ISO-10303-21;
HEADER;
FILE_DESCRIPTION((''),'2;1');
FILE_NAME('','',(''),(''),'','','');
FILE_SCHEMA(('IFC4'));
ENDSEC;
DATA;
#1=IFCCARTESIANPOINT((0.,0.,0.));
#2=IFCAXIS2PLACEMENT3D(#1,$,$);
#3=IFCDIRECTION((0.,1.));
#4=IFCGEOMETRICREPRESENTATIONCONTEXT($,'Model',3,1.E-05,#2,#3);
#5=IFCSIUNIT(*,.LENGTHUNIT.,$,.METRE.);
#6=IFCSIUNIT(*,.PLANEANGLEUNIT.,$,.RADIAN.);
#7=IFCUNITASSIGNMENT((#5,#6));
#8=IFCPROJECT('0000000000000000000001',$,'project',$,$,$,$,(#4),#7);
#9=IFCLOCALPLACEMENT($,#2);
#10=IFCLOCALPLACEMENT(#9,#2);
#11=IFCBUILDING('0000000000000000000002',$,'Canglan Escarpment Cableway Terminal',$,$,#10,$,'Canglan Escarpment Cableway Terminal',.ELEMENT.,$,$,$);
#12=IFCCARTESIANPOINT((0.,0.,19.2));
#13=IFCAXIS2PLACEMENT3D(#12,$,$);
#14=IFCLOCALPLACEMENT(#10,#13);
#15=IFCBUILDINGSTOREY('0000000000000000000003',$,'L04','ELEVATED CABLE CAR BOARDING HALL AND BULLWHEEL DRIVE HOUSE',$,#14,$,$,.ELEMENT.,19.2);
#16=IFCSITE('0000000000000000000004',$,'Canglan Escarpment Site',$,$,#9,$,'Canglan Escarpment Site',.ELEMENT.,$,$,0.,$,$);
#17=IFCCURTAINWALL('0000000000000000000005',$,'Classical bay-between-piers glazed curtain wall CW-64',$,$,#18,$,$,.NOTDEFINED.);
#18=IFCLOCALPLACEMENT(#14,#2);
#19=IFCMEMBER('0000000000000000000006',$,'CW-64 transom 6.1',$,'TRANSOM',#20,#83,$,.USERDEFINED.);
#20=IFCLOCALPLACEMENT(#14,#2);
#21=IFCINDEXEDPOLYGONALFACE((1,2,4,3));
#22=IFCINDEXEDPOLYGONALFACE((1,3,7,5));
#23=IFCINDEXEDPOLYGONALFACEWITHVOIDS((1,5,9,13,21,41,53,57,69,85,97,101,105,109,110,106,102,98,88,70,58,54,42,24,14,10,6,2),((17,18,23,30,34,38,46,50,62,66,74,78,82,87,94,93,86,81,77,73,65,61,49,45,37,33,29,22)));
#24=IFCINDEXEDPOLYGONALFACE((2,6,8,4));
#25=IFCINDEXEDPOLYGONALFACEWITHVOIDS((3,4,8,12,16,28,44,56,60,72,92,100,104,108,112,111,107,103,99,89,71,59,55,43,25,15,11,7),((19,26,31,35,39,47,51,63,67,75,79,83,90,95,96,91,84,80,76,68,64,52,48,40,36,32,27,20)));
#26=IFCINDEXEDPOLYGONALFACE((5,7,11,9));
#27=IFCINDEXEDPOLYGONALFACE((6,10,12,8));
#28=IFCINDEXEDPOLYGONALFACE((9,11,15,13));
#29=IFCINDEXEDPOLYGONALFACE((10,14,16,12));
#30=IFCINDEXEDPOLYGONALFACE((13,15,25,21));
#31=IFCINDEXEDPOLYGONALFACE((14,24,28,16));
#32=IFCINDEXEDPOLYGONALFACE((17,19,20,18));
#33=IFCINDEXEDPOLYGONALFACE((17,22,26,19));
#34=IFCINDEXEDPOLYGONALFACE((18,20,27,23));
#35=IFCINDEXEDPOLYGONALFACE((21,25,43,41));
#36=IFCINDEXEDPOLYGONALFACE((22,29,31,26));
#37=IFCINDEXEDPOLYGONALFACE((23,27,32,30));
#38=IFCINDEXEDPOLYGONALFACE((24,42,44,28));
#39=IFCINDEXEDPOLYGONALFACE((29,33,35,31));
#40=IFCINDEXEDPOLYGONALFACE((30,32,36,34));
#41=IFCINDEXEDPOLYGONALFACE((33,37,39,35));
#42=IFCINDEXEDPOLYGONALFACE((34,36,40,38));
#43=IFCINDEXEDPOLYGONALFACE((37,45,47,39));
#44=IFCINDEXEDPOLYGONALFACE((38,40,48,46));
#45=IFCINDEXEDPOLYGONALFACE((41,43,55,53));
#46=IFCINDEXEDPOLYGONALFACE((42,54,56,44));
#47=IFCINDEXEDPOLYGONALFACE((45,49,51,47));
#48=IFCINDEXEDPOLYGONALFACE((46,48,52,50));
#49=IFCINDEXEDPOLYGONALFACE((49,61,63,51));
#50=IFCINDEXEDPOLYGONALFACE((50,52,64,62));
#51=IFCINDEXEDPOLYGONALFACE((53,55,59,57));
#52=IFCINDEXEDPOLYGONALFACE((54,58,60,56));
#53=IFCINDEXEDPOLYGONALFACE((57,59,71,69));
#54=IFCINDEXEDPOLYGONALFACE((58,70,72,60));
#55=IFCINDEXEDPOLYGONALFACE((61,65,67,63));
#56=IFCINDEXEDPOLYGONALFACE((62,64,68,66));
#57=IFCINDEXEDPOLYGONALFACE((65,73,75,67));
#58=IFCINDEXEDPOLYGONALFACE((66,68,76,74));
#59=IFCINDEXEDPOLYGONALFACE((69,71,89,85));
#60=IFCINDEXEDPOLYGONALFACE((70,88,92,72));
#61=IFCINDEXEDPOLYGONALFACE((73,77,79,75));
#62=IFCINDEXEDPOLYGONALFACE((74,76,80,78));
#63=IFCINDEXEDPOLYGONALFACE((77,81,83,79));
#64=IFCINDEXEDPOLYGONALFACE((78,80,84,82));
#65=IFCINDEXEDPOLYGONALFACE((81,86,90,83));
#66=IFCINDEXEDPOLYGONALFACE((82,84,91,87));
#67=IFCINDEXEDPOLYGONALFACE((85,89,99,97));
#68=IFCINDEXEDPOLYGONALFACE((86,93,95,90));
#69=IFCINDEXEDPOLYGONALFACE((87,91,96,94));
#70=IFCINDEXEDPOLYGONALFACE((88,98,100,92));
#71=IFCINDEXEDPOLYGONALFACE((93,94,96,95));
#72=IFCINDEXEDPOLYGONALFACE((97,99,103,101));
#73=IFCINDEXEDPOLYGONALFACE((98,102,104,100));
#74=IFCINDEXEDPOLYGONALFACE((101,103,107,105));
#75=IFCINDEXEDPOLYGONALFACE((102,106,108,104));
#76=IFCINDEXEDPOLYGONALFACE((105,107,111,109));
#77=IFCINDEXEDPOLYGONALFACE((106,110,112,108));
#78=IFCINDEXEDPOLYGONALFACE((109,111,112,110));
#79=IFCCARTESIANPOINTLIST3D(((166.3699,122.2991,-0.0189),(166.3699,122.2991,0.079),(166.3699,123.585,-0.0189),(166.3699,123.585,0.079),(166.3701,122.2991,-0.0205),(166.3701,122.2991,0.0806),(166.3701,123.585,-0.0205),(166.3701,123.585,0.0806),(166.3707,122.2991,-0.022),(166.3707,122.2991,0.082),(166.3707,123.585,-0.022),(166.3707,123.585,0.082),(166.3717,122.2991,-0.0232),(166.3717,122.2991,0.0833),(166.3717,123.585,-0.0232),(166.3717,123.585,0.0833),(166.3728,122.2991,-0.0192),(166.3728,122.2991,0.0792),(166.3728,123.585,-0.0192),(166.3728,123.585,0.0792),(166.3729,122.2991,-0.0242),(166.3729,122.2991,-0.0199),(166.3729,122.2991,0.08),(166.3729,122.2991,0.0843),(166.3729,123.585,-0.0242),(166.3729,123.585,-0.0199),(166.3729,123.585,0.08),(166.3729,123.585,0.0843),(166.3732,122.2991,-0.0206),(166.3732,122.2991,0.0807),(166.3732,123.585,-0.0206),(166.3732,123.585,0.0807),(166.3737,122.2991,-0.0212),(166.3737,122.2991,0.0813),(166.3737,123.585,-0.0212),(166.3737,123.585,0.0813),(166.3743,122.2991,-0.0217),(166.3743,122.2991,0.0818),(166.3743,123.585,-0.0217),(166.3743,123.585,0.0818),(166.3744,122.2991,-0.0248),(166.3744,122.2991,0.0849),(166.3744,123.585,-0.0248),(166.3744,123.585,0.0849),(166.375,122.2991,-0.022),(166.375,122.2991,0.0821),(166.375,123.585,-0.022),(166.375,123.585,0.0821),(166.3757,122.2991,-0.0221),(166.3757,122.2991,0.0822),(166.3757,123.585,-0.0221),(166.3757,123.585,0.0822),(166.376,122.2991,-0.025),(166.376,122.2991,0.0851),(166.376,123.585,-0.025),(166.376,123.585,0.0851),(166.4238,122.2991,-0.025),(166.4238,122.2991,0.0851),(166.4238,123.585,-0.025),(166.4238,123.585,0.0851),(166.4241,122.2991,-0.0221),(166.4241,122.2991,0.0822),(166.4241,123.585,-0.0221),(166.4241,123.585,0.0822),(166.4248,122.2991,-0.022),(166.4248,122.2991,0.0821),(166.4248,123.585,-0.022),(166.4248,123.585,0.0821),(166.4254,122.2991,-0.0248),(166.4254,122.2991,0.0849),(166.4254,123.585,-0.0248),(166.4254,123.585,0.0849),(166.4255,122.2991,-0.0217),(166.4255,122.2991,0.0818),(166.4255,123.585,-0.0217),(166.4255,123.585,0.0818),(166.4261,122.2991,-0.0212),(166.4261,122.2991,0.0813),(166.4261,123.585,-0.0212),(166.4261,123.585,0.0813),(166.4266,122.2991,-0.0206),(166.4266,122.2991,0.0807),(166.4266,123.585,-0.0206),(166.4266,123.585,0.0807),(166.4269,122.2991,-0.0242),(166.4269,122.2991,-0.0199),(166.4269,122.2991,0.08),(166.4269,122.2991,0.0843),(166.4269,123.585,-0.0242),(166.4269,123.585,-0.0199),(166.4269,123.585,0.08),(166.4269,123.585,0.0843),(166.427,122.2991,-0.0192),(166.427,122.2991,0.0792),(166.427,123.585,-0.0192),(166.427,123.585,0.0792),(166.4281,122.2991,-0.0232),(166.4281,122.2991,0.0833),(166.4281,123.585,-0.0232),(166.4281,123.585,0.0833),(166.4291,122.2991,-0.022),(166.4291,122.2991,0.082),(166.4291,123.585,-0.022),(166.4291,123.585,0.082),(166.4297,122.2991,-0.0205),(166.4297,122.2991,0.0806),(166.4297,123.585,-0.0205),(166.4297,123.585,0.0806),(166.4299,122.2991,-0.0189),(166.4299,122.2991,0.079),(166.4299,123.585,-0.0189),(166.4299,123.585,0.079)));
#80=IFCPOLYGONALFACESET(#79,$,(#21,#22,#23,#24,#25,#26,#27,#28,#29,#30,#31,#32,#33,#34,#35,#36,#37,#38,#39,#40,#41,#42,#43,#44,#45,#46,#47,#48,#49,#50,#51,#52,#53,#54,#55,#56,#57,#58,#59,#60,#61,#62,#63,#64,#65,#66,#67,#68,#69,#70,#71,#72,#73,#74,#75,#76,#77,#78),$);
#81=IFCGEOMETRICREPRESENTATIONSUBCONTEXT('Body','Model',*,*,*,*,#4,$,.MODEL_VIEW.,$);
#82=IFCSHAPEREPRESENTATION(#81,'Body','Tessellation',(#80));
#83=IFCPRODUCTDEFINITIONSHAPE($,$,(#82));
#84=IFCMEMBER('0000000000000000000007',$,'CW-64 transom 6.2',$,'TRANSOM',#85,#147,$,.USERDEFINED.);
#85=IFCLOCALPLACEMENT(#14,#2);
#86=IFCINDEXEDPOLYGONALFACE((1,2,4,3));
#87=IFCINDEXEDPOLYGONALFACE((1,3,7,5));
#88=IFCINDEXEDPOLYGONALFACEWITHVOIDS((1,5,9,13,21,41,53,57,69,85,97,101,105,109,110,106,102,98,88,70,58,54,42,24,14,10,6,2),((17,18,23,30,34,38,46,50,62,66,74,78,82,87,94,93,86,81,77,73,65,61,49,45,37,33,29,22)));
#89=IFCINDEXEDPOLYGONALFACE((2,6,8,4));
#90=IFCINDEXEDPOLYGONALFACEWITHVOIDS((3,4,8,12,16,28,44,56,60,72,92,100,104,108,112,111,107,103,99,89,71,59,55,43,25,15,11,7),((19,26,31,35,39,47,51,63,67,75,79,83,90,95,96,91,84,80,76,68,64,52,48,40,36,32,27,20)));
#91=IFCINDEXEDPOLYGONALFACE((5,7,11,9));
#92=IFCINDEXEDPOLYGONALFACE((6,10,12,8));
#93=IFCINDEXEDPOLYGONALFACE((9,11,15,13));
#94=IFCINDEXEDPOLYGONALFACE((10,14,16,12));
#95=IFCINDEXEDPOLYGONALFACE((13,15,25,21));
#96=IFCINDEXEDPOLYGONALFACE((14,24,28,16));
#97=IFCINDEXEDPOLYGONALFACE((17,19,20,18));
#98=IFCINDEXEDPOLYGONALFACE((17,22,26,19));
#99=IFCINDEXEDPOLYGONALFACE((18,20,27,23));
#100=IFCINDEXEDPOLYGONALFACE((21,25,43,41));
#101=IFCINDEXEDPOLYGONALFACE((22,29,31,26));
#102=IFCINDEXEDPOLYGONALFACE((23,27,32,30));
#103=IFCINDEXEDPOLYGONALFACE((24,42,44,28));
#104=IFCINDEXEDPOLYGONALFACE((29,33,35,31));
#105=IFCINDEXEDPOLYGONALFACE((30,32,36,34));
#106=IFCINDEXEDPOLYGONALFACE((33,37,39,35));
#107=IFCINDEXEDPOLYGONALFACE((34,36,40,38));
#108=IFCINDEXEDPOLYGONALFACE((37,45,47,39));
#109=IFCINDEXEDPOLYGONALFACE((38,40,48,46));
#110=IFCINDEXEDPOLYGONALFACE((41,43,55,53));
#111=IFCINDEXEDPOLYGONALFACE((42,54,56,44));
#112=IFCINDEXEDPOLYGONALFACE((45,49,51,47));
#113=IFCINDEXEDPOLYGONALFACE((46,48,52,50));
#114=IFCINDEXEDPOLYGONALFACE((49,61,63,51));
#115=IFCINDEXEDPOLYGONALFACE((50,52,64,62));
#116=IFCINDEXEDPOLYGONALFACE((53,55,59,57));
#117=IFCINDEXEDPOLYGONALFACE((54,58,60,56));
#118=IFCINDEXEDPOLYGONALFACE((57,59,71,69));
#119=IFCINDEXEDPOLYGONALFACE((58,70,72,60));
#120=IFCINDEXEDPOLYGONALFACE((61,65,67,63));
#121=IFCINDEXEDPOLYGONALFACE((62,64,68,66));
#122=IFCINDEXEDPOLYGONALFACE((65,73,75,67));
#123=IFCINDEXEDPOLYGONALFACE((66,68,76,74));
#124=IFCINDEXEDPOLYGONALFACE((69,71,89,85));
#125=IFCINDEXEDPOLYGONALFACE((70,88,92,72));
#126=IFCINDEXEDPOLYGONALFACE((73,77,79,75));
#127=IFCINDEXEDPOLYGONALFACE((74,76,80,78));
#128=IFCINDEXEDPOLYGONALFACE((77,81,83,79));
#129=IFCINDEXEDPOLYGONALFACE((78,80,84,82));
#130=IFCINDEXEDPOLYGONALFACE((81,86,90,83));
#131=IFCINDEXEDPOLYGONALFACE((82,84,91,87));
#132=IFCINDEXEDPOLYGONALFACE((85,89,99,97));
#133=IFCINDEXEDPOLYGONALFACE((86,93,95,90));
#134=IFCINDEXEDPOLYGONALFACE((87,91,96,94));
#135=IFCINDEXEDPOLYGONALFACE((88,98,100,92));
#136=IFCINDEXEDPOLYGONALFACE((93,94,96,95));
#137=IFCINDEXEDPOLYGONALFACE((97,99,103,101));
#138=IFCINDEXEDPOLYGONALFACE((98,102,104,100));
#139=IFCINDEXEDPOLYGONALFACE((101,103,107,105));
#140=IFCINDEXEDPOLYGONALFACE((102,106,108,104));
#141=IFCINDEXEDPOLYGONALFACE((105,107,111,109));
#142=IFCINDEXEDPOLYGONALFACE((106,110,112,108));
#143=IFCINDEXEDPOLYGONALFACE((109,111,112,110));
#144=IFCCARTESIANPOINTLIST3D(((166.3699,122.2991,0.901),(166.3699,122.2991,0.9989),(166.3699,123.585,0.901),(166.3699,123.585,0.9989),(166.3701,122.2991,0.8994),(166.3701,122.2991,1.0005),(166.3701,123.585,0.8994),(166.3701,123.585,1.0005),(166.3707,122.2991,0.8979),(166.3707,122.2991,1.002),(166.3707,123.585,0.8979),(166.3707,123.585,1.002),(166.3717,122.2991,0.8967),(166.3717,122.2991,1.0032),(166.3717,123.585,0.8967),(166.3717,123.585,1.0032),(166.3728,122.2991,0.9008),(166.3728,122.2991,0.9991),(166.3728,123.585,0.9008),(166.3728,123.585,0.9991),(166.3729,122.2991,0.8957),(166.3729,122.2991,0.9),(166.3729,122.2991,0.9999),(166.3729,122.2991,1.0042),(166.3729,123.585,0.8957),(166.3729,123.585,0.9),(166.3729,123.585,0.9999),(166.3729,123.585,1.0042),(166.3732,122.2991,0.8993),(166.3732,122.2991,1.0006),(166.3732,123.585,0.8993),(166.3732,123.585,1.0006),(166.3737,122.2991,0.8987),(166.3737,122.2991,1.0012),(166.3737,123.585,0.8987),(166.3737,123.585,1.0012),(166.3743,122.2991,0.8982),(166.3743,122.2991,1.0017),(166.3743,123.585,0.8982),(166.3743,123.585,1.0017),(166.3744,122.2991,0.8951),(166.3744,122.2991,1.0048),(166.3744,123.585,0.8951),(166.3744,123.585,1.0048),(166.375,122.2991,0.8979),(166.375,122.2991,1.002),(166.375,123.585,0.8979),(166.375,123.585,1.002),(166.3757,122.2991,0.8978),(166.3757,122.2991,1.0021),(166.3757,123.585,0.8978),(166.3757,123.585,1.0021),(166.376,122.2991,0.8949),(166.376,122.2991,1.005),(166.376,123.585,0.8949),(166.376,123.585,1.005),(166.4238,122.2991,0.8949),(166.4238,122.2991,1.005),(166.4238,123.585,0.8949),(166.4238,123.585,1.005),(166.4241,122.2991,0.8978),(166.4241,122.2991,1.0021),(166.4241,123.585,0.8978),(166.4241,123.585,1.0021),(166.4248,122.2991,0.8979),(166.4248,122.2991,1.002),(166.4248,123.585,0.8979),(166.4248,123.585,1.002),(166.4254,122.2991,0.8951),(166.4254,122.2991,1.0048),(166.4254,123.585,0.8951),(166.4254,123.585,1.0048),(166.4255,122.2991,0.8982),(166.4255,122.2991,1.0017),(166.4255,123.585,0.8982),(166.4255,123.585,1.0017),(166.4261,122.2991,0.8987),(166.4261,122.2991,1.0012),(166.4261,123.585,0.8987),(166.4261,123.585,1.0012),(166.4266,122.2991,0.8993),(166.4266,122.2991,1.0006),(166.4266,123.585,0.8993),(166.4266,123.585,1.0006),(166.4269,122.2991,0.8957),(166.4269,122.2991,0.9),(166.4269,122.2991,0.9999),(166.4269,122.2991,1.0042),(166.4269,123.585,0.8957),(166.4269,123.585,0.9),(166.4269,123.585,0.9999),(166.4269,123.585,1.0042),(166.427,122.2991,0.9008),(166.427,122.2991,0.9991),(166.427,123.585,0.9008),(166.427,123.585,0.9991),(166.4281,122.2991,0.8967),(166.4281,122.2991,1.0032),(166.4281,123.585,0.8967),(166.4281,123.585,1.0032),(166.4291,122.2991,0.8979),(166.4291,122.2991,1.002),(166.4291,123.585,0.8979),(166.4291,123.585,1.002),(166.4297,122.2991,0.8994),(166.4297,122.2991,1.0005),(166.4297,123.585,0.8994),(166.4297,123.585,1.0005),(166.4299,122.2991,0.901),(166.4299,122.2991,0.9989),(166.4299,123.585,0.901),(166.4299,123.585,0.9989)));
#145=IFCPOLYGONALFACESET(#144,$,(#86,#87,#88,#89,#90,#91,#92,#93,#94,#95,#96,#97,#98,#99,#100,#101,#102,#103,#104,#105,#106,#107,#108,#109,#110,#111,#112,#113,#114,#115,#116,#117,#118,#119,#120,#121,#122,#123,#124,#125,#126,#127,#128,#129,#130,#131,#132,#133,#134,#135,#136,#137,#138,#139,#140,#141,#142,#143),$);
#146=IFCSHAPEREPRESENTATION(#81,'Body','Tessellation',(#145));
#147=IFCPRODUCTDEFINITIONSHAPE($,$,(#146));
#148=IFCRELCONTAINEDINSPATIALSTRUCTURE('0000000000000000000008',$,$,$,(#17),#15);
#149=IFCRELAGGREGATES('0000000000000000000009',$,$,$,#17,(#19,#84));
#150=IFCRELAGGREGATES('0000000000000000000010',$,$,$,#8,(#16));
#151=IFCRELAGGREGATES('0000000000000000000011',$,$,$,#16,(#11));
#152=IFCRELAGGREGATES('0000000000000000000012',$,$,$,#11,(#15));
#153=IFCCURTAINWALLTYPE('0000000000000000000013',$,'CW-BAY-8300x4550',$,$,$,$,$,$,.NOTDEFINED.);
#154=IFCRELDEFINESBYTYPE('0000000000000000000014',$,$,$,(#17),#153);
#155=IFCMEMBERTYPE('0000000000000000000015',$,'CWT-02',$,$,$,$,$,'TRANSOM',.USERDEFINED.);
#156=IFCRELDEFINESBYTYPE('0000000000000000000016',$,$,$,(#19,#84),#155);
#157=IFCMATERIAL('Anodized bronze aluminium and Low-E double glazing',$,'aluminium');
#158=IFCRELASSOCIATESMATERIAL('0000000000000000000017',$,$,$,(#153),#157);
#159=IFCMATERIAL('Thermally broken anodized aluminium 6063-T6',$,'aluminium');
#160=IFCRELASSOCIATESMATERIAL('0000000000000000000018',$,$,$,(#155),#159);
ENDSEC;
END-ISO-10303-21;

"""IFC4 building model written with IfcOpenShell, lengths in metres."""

from ifc_helpers import new_model, si_unit, direction, frame, origin, origin_2d, place, context, subcontext, project, spatial, hollow_rectangle, extrude, material, material_profile, profile_set, type_object, element, aggregate, save


model = new_model("IFC4")

# Units and contexts
model_context = context("Model", 3, precision=1e-05, world=origin(), true_north=direction((0.0, 1.0)))
body_context = subcontext(model_context, "Body", "Model", "MODEL_VIEW")
ifc_project = project(units=[si_unit("LENGTHUNIT", "METRE"), si_unit("PLANEANGLEUNIT", "RADIAN")], contexts=[model_context])

# Site, building, storey
site_placement = place(None, origin())
site = spatial("IfcSite", under=ifc_project, at=site_placement, Name="Canglan Escarpment Site", LongName="Canglan Escarpment Site", CompositionType="ELEMENT", RefElevation=0.0)
building_placement = place(site_placement, origin())
building = spatial("IfcBuilding", under=site, at=building_placement, Name="Canglan Escarpment Cableway Terminal", LongName="Canglan Escarpment Cableway Terminal", CompositionType="ELEMENT")
storey_placement = place(building_placement, frame((0.0, 0.0, 19.2)))
storey = spatial("IfcBuildingStorey", under=building, at=storey_placement, Name="L04", Description="ELEVATED CABLE CAR BOARDING HALL AND BULLWHEEL DRIVE HOUSE", CompositionType="ELEMENT", Elevation=19.2)

# Curtain wall
ifc_material_1 = material(Name="Anodized bronze aluminium and Low-E double glazing", Category="aluminium")
ifc_material_2 = material(Name="Thermally broken anodized aluminium 6063-T6", Category="aluminium")
curtain_wall_type_1 = type_object("IfcCurtainWallType", Name="CW-BAY-8300x4550", PredefinedType="NOTDEFINED", material=ifc_material_1)
curtain_wall_1_placement = place(storey_placement, origin())
curtain_wall_1 = element("IfcCurtainWall", 1, at=curtain_wall_1_placement, inside=storey, type_object=curtain_wall_type_1, Name="Classical bay-between-piers glazed curtain wall CW-64", PredefinedType="NOTDEFINED")

# Members
ifc_material_profile_1 = material_profile(ifc_material_2, hollow_rectangle(XDim=0.0601, YDim=0.1101, WallThickness=0.0029, InnerFilletRadius=0.0029, OuterFilletRadius=0.0061, at=origin_2d()), Name="ALU-TRAN 60x110x3")
ifc_profile_set_1 = profile_set([ifc_material_profile_1], Name="Thermally broken anodized aluminium 6063-T6")
member_type_1 = type_object("IfcMemberType", Name="CWT-02", ElementType="TRANSOM", PredefinedType="USERDEFINED", material=ifc_profile_set_1)
member_1_placement = place(storey_placement, frame((166.3999, 122.2991, 0.03), z_axis=(0.0, 1.0, 0.0), x_axis=(-1.0, 0.0, 0.0)))
member_1 = element("IfcMember", 2, at=member_1_placement, type_object=member_type_1, Name="CW-64 transom 6.1", ObjectType="TRANSOM", PredefinedType="USERDEFINED", context=body_context, shape_type="SweptSolid", body=[
    extrude(hollow_rectangle(XDim=0.0601, YDim=0.1101, WallThickness=0.0029, InnerFilletRadius=0.0029, OuterFilletRadius=0.0061, at=origin_2d()), origin(), (0.0, 0.0, 1.0), 1.2859),
])
member_2_placement = place(storey_placement, frame((166.3999, 122.2991, 0.95), z_axis=(0.0, 1.0, 0.0), x_axis=(-1.0, 0.0, 0.0)))
member_2 = element("IfcMember", 3, at=member_2_placement, type_object=member_type_1, Name="CW-64 transom 6.2", ObjectType="TRANSOM", PredefinedType="USERDEFINED", context=body_context, shape_type="SweptSolid", body=[
    extrude(hollow_rectangle(XDim=0.0601, YDim=0.1101, WallThickness=0.0029, InnerFilletRadius=0.0029, OuterFilletRadius=0.0061, at=origin_2d()), origin(), (0.0, 0.0, 1.0), 1.2859),
])

aggregate(curtain_wall_1, [member_1, member_2])

save(model, "model.ifc")
